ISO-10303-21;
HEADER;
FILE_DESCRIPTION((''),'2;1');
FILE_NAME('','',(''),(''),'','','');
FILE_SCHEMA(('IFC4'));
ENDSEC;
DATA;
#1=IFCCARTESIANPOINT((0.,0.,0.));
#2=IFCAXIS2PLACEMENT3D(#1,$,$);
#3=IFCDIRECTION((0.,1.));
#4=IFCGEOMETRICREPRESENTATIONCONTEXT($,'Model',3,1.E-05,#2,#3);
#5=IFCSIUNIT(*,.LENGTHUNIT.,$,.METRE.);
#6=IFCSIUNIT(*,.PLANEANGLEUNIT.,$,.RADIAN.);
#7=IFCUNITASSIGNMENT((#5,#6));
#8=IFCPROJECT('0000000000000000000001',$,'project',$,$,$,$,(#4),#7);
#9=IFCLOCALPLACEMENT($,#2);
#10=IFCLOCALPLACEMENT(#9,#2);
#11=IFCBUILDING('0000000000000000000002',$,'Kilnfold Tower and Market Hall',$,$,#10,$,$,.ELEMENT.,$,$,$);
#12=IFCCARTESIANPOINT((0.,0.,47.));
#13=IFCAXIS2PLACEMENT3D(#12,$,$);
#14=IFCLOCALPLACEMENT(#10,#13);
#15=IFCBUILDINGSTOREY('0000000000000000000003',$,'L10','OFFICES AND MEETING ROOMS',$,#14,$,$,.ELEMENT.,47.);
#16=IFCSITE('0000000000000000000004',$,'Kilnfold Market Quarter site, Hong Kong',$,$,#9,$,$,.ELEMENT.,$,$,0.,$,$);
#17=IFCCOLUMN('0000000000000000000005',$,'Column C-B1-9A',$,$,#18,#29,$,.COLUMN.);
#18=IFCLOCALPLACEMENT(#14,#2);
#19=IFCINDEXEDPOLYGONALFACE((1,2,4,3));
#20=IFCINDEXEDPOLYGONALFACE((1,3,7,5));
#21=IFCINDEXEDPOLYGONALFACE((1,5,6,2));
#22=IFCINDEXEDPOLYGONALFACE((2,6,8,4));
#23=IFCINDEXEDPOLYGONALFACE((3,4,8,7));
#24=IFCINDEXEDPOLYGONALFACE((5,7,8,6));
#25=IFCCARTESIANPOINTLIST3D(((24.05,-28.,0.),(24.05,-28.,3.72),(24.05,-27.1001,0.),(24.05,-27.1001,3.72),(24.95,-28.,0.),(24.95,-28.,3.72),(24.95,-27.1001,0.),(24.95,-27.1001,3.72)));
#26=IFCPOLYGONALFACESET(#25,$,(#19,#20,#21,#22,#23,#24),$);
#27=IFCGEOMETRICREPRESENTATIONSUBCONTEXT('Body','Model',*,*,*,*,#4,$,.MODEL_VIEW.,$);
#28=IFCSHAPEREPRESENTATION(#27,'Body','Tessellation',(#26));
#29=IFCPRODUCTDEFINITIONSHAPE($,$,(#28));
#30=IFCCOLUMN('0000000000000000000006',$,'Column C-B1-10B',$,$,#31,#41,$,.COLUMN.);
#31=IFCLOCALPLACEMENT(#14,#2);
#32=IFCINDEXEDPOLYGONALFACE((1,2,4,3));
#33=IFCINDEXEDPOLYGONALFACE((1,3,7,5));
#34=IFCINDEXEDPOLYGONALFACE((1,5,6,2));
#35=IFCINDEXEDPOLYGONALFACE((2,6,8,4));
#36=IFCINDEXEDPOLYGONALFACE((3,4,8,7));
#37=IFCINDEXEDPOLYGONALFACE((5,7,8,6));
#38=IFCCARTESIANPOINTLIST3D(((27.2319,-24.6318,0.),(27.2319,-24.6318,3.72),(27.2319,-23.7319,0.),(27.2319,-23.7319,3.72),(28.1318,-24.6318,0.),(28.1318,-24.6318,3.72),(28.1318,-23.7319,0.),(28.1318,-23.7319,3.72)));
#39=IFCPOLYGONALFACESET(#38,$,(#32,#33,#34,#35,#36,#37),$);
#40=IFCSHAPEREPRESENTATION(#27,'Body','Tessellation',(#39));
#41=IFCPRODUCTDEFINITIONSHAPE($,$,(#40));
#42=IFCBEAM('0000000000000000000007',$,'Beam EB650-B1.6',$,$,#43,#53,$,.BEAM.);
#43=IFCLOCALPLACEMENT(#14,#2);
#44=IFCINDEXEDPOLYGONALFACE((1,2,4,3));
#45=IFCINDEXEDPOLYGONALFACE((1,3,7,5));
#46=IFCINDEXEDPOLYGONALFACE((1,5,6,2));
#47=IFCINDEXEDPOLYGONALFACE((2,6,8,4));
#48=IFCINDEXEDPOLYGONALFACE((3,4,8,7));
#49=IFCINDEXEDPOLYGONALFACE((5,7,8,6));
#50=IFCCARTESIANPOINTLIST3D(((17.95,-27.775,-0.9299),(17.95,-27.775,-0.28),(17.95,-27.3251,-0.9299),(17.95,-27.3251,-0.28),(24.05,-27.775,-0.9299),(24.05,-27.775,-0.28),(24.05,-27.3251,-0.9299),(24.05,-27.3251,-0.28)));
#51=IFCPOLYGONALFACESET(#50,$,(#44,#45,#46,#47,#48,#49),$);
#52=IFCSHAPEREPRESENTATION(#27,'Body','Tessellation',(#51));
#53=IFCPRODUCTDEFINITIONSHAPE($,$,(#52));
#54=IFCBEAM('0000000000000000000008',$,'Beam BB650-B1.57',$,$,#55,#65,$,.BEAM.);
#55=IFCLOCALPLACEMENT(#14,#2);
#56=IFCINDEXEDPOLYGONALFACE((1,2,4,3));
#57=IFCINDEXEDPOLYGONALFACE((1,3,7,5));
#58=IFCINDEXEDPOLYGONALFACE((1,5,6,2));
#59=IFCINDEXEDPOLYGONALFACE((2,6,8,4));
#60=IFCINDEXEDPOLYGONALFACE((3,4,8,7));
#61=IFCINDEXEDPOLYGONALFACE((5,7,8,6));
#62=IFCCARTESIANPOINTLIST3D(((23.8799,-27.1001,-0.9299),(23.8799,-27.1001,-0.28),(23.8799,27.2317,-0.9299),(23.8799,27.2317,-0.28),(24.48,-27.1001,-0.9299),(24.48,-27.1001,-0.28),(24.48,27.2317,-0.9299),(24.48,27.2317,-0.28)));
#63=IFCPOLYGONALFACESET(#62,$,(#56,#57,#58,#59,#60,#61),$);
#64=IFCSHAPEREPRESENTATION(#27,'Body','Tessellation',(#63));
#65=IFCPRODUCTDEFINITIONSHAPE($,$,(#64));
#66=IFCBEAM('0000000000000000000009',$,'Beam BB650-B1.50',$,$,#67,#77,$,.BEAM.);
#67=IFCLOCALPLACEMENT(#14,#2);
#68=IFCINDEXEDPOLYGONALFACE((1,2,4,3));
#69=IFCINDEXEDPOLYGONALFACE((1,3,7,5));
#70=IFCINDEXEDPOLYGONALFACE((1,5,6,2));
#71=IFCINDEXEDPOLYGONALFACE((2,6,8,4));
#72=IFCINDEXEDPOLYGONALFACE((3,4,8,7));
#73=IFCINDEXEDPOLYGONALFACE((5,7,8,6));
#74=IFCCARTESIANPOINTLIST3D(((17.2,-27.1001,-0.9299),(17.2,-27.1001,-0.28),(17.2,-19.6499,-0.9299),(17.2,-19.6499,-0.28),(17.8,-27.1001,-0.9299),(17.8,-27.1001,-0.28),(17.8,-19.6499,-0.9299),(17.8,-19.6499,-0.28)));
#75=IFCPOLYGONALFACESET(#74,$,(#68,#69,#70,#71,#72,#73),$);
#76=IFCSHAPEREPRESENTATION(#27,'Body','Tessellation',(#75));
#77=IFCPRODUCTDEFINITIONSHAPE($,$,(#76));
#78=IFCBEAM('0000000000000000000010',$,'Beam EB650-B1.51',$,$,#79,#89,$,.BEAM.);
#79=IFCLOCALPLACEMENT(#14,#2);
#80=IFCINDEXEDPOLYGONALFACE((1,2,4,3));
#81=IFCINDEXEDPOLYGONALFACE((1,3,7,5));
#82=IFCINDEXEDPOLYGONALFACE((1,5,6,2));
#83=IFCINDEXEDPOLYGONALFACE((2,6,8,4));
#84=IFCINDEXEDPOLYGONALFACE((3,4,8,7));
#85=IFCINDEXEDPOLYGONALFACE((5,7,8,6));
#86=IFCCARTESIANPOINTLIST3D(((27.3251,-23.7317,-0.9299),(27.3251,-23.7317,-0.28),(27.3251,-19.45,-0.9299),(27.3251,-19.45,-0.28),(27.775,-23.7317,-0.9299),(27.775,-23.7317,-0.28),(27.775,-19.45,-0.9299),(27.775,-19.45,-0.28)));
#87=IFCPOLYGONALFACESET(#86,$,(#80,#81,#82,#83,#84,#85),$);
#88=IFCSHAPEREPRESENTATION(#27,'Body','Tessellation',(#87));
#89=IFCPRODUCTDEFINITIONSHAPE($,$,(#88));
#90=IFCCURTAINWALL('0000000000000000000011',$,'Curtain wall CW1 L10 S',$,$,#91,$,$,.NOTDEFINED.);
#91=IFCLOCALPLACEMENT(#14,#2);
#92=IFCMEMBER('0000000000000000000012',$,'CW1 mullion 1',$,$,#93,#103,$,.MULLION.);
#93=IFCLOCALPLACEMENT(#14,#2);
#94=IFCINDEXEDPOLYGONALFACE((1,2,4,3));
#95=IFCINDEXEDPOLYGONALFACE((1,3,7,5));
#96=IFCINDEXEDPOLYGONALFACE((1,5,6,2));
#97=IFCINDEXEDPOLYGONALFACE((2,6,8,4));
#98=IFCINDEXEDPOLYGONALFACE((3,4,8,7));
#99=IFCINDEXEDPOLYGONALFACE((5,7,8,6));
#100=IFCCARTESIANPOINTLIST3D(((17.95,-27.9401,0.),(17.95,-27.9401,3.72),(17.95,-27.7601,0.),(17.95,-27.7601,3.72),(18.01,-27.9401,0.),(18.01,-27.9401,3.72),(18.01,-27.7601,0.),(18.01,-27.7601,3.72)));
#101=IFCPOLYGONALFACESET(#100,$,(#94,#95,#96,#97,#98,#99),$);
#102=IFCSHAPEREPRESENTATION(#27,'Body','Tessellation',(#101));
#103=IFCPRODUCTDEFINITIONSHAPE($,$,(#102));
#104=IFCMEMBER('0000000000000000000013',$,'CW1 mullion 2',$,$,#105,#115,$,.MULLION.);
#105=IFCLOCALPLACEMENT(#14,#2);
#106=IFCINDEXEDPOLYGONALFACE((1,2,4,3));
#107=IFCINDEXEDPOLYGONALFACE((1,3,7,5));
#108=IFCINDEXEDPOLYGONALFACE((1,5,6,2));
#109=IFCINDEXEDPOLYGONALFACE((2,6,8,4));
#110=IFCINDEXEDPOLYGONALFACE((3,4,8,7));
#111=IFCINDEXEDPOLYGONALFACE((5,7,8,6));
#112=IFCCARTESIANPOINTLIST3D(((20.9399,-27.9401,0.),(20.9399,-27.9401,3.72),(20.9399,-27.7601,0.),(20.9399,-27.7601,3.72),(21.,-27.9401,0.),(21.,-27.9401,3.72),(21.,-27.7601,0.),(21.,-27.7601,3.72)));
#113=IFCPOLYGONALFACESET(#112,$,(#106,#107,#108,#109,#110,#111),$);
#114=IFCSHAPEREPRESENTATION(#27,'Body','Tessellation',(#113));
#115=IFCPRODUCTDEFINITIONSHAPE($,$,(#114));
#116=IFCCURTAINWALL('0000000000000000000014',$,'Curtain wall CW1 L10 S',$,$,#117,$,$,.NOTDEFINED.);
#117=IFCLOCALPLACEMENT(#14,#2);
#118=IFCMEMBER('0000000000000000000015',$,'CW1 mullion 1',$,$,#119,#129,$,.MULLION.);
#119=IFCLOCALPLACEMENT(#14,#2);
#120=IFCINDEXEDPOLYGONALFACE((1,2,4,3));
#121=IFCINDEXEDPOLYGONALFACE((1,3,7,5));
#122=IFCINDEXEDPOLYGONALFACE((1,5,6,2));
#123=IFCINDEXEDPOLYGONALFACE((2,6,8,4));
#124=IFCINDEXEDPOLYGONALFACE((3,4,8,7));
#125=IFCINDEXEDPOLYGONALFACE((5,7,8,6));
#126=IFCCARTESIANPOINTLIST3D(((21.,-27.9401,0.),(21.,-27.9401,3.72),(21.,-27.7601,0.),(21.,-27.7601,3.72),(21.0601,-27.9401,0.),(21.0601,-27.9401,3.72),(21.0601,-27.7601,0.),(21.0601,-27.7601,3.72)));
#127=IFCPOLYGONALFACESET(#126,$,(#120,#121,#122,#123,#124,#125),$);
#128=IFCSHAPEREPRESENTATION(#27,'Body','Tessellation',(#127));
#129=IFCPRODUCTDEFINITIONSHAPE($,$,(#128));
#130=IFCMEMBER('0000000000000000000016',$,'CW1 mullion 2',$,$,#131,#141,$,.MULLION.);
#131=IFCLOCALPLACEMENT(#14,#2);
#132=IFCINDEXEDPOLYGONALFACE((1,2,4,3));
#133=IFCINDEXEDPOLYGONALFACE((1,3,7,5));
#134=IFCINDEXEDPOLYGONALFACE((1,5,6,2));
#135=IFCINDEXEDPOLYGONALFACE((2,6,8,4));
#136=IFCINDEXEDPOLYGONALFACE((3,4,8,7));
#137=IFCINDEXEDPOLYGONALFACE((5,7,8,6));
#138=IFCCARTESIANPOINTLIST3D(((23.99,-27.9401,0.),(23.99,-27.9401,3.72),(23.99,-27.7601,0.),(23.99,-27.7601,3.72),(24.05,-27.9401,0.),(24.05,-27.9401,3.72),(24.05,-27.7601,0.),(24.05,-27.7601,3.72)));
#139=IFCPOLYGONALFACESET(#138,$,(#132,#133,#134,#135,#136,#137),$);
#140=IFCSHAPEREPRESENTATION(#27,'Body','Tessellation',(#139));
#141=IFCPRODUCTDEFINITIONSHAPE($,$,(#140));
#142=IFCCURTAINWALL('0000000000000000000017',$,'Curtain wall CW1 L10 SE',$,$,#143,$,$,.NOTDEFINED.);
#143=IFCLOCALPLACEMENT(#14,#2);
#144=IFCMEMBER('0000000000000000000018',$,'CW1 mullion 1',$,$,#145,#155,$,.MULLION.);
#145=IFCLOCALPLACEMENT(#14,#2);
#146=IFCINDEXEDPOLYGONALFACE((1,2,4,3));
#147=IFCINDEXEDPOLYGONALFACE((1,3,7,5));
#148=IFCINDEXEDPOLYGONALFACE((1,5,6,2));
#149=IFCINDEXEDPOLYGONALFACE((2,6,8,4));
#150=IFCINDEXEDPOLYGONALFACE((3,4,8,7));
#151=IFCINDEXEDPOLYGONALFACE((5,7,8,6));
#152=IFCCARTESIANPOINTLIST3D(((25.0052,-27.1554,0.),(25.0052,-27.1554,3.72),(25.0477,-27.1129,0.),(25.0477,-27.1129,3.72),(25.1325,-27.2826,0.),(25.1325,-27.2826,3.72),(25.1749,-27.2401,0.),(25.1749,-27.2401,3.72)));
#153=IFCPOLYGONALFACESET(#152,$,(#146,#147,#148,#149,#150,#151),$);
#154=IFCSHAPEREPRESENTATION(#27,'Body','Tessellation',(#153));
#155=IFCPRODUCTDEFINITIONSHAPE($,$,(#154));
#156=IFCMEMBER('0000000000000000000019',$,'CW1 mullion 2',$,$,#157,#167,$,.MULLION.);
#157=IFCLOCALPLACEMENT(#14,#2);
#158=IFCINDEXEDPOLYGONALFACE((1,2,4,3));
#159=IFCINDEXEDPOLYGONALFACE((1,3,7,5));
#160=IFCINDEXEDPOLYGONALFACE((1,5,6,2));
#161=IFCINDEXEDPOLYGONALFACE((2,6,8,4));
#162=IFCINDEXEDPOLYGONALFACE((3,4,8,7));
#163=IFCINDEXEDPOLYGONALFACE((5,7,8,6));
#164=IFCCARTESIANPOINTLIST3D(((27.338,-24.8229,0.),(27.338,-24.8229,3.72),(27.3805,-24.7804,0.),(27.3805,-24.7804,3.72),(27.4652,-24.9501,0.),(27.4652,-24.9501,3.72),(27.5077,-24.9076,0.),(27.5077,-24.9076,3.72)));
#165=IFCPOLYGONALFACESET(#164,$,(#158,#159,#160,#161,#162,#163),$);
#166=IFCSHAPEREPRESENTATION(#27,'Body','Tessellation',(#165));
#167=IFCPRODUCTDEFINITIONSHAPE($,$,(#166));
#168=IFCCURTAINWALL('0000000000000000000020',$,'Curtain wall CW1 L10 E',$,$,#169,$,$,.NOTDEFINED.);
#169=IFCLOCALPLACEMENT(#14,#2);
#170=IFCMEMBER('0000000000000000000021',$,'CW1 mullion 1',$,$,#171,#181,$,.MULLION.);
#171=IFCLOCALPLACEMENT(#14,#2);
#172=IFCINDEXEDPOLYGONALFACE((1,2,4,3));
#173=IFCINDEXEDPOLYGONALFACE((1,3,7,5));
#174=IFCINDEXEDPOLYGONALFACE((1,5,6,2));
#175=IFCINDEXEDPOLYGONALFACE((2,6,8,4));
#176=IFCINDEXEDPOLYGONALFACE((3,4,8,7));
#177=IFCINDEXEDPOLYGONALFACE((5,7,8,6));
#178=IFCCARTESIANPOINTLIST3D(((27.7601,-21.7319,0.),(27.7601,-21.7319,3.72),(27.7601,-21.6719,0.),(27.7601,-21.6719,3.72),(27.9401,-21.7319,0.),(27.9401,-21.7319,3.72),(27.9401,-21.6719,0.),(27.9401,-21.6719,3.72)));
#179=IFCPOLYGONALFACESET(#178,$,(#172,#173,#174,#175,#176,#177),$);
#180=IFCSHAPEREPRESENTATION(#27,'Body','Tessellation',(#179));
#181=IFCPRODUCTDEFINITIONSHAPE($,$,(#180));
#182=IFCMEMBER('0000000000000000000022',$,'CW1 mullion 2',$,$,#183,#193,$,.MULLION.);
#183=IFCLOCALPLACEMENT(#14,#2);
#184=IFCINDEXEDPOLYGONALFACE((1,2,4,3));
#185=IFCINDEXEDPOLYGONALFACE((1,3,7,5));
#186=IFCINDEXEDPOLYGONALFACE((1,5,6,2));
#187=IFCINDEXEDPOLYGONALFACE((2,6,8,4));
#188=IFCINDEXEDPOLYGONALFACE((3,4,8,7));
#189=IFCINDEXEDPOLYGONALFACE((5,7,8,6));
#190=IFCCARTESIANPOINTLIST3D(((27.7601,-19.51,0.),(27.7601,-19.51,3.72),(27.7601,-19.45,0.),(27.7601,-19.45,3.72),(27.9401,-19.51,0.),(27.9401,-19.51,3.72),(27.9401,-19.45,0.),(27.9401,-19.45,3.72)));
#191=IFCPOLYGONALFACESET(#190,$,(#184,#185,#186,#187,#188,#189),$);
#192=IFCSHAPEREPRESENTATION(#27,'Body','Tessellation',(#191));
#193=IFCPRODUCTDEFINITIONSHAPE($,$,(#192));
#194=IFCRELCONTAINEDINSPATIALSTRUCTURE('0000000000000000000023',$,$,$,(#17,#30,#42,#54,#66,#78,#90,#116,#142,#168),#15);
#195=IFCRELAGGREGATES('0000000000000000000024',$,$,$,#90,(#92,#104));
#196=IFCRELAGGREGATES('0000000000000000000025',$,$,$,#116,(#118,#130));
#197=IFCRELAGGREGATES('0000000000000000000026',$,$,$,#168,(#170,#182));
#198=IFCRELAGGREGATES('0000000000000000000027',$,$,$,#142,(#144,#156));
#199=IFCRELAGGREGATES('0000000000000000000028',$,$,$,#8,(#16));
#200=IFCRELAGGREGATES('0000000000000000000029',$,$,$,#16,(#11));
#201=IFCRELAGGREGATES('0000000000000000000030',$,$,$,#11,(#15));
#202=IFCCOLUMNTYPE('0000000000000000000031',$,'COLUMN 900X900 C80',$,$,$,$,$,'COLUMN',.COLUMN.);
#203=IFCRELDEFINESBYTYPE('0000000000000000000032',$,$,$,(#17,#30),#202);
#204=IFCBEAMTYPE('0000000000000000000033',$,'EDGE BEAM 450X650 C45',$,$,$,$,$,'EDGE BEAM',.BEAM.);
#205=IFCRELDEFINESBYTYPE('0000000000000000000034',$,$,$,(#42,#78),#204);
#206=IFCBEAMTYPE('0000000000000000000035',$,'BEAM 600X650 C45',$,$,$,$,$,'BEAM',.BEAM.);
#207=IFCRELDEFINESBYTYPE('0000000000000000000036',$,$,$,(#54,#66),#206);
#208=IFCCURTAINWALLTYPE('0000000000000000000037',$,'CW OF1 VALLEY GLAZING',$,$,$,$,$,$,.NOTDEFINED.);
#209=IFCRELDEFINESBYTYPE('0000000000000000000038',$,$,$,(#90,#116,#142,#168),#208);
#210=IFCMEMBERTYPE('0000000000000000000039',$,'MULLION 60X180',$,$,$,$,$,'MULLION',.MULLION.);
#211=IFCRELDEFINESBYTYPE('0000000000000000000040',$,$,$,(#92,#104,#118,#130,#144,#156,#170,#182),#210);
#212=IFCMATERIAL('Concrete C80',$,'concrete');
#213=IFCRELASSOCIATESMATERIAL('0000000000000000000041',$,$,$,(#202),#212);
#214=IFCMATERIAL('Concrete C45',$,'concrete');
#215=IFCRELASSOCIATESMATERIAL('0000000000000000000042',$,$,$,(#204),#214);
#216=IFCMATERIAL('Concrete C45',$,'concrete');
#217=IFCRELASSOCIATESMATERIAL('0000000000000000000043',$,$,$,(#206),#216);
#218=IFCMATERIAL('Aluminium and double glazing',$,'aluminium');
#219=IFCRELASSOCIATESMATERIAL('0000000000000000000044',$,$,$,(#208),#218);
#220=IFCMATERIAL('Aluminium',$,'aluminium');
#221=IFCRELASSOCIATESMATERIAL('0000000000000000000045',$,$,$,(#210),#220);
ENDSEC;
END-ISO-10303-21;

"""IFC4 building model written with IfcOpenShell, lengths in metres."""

from ifc_helpers import new_model, si_unit, direction, frame, origin, origin_2d, place, context, subcontext, project, spatial, rectangle, extrude, source, transform, mapped, material, material_profile, profile_set, type_object, element, aggregate, save


model = new_model("IFC4")

# Units and contexts
model_context = context("Model", 3, precision=1e-05, world=origin(), true_north=direction((0.0, 1.0)))
body_context = subcontext(model_context, "Body", "Model", "MODEL_VIEW")
ifc_project = project(units=[si_unit("LENGTHUNIT", "METRE"), si_unit("PLANEANGLEUNIT", "RADIAN")], contexts=[model_context])

# Site, building, storey
site_placement = place(None, origin())
site = spatial("IfcSite", under=ifc_project, at=site_placement, Name="Kilnfold Market Quarter site, Hong Kong", CompositionType="ELEMENT", RefElevation=0.0)
building_placement = place(site_placement, origin())
building = spatial("IfcBuilding", under=site, at=building_placement, Name="Kilnfold Tower and Market Hall", CompositionType="ELEMENT")
storey_placement = place(building_placement, frame((0.0, 0.0, 47.0)))
storey = spatial("IfcBuildingStorey", under=building, at=storey_placement, Name="L10", Description="OFFICES AND MEETING ROOMS", CompositionType="ELEMENT", Elevation=47.0)

# Columns
ifc_material_1 = material(Name="Concrete C80", Category="concrete")
ifc_material_profile_1 = material_profile(ifc_material_1, rectangle(XDim=0.8999, YDim=0.8999, at=origin_2d()), Name="RC 900x900")
ifc_profile_set_1 = profile_set([ifc_material_profile_1], Name="Concrete C80")
column_type = type_object("IfcColumnType", Name="COLUMN 900X900 C80", ElementType="COLUMN", PredefinedType="COLUMN", material=ifc_profile_set_1)
shared_shape_1 = source(origin(), body_context, "Body", "SweptSolid", [
    extrude(rectangle(XDim=0.8999, YDim=0.8999, at=origin_2d()), origin(), (0.0, 0.0, 1.0), 3.72),
])
for number, where, z_axis, x_axis, name in (
    (1, (24.5, -27.55, 0.0), (0.0, 0.0, 1.0), (1.0, 0.0, 0.0), "Column C-B1-9A"),
    (2, (27.6819, -24.1819, 0.0), (0.0, 0.0, 1.0), (1.0, 0.0, 0.0), "Column C-B1-10B"),
):
    element("IfcColumn", number, at=place(storey_placement, frame(where, z_axis=z_axis, x_axis=x_axis)), inside=storey, type_object=column_type, Name=name, PredefinedType="COLUMN", context=body_context, shape_type="MappedRepresentation", body=[
        mapped(shared_shape_1, transform((0.0, 0.0, 0.0))),
    ])

# Beams
ifc_material_2 = material(Name="Concrete C45", Category="concrete")
ifc_material_profile_2 = material_profile(ifc_material_2, rectangle(XDim=0.45, YDim=0.6499, at=origin_2d()), Name="RC 450x650")
ifc_profile_set_2 = profile_set([ifc_material_profile_2], Name="Concrete C45")
beam_type_1 = type_object("IfcBeamType", Name="EDGE BEAM 450X650 C45", ElementType="EDGE BEAM", PredefinedType="BEAM", material=ifc_profile_set_2)
shared_shape_2 = source(origin(), body_context, "Body", "SweptSolid", [
    extrude(rectangle(XDim=0.45, YDim=0.6499, at=origin_2d()), origin(), (0.0, 0.0, 1.0), 6.1001),
])
beam_1_placement = place(storey_placement, frame((17.95, -27.55, -0.605), z_axis=(1.0, 0.0, 0.0), x_axis=(0.0, 1.0, 0.0)))
element("IfcBeam", 3, at=beam_1_placement, inside=storey, type_object=beam_type_1, Name="Beam EB650-B1.6", PredefinedType="BEAM", context=body_context, shape_type="MappedRepresentation", body=[
    mapped(shared_shape_2, transform((0.0, 0.0, 0.0))),
])
ifc_material_3 = material(Name="Concrete C45", Category="concrete")
ifc_material_profile_3 = material_profile(ifc_material_3, rectangle(XDim=0.6001, YDim=0.6499, at=origin_2d()), Name="RC 600x650")
ifc_profile_set_3 = profile_set([ifc_material_profile_3], Name="Concrete C45")
beam_type_2 = type_object("IfcBeamType", Name="BEAM 600X650 C45", ElementType="BEAM", PredefinedType="BEAM", material=ifc_profile_set_3)
shared_shape_3 = source(origin(), body_context, "Body", "SweptSolid", [
    extrude(rectangle(XDim=0.6001, YDim=0.6499, at=origin_2d()), origin(), (0.0, 0.0, 1.0), 54.3318),
])
beam_2_placement = place(storey_placement, frame((24.1799, -27.1001, -0.605), z_axis=(0.0, 1.0, 0.0), x_axis=(-1.0, 0.0, 0.0)))
element("IfcBeam", 4, at=beam_2_placement, inside=storey, type_object=beam_type_2, Name="Beam BB650-B1.57", PredefinedType="BEAM", context=body_context, shape_type="MappedRepresentation", body=[
    mapped(shared_shape_3, transform((0.0, 0.0, 0.0))),
])
shared_shape_4 = source(origin(), body_context, "Body", "SweptSolid", [
    extrude(rectangle(XDim=0.6001, YDim=0.6499, at=origin_2d()), origin(), (0.0, 0.0, 1.0), 7.4502),
])
beam_3_placement = place(storey_placement, frame((17.5, -27.1001, -0.605), z_axis=(0.0, 1.0, 0.0), x_axis=(-1.0, 0.0, 0.0)))
element("IfcBeam", 5, at=beam_3_placement, inside=storey, type_object=beam_type_2, Name="Beam BB650-B1.50", PredefinedType="BEAM", context=body_context, shape_type="MappedRepresentation", body=[
    mapped(shared_shape_4, transform((0.0, 0.0, 0.0))),
])
shared_shape_5 = source(origin(), body_context, "Body", "SweptSolid", [
    extrude(rectangle(XDim=0.45, YDim=0.6499, at=origin_2d()), origin(), (0.0, 0.0, 1.0), 4.2817),
])
beam_4_placement = place(storey_placement, frame((27.55, -23.7317, -0.605), z_axis=(0.0, 1.0, 0.0), x_axis=(-1.0, 0.0, 0.0)))
element("IfcBeam", 6, at=beam_4_placement, inside=storey, type_object=beam_type_1, Name="Beam EB650-B1.51", PredefinedType="BEAM", context=body_context, shape_type="MappedRepresentation", body=[
    mapped(shared_shape_5, transform((0.0, 0.0, 0.0))),
])

# Curtain walls, members
ifc_material_4 = material(Name="Aluminium and double glazing", Category="aluminium")
curtain_wall_type = type_object("IfcCurtainWallType", Name="CW OF1 VALLEY GLAZING", PredefinedType="NOTDEFINED", material=ifc_material_4)
curtain_wall_1_placement = place(storey_placement, origin())
curtain_wall_1 = element("IfcCurtainWall", 7, at=curtain_wall_1_placement, inside=storey, type_object=curtain_wall_type, Name="Curtain wall CW1 L10 S", PredefinedType="NOTDEFINED")
ifc_material_5 = material(Name="Aluminium", Category="aluminium")
ifc_material_profile_4 = material_profile(ifc_material_5, rectangle(XDim=0.0601, YDim=0.1799, at=origin_2d()), Name="MULLION 60x180")
ifc_profile_set_4 = profile_set([ifc_material_profile_4], Name="Aluminium")
member_type_1 = type_object("IfcMemberType", Name="MULLION 60X180", ElementType="MULLION", PredefinedType="MULLION", material=ifc_profile_set_4)
shared_shape_6 = source(origin(), body_context, "Body", "SweptSolid", [
    extrude(rectangle(XDim=0.0601, YDim=0.1799, at=origin_2d()), origin(), (0.0, 0.0, 1.0), 3.72),
])
member_1_placement = place(storey_placement, frame((17.98, -27.8501, 0.0), z_axis=(0.0, 0.0, 1.0), x_axis=(1.0, 0.0, 0.0)))
member_1 = element("IfcMember", 8, at=member_1_placement, type_object=member_type_1, Name="CW1 mullion 1", PredefinedType="MULLION", context=body_context, shape_type="MappedRepresentation", body=[
    mapped(shared_shape_6, transform((0.0, 0.0, 0.0))),
])
member_2_placement = place(storey_placement, frame((20.97, -27.8501, 0.0), z_axis=(0.0, 0.0, 1.0), x_axis=(1.0, 0.0, 0.0)))
member_2 = element("IfcMember", 9, at=member_2_placement, type_object=member_type_1, Name="CW1 mullion 2", PredefinedType="MULLION", context=body_context, shape_type="MappedRepresentation", body=[
    mapped(shared_shape_6, transform((0.0, 0.0, 0.0))),
])
curtain_wall_2_placement = place(storey_placement, origin())
curtain_wall_2 = element("IfcCurtainWall", 10, at=curtain_wall_2_placement, inside=storey, type_object=curtain_wall_type, Name="Curtain wall CW1 L10 S", PredefinedType="NOTDEFINED")
member_3_placement = place(storey_placement, frame((21.03, -27.8501, 0.0), z_axis=(0.0, 0.0, 1.0), x_axis=(1.0, 0.0, 0.0)))
member_3 = element("IfcMember", 11, at=member_3_placement, type_object=member_type_1, Name="CW1 mullion 1", PredefinedType="MULLION", context=body_context, shape_type="MappedRepresentation", body=[
    mapped(shared_shape_6, transform((0.0, 0.0, 0.0))),
])
member_4_placement = place(storey_placement, frame((24.02, -27.8501, 0.0), z_axis=(0.0, 0.0, 1.0), x_axis=(1.0, 0.0, 0.0)))
member_4 = element("IfcMember", 12, at=member_4_placement, type_object=member_type_1, Name="CW1 mullion 2", PredefinedType="MULLION", context=body_context, shape_type="MappedRepresentation", body=[
    mapped(shared_shape_6, transform((0.0, 0.0, 0.0))),
])
curtain_wall_3_placement = place(storey_placement, origin())
curtain_wall_3 = element("IfcCurtainWall", 13, at=curtain_wall_3_placement, inside=storey, type_object=curtain_wall_type, Name="Curtain wall CW1 L10 SE", PredefinedType="NOTDEFINED")
member_5_placement = place(storey_placement, frame((25.0901, -27.1978, 0.0), z_axis=(0.0, 0.0, 1.0), x_axis=(0.707122, 0.707092, 0.0)))
member_5 = element("IfcMember", 14, at=member_5_placement, type_object=member_type_1, Name="CW1 mullion 1", PredefinedType="MULLION", context=body_context, shape_type="MappedRepresentation", body=[
    mapped(shared_shape_6, transform((0.0, 0.0, 0.0))),
])
member_6_placement = place(storey_placement, frame((27.4229, -24.8652, 0.0), z_axis=(0.0, 0.0, 1.0), x_axis=(0.707122, 0.707092, 0.0)))
member_6 = element("IfcMember", 15, at=member_6_placement, type_object=member_type_1, Name="CW1 mullion 2", PredefinedType="MULLION", context=body_context, shape_type="MappedRepresentation", body=[
    mapped(shared_shape_6, transform((0.0, 0.0, 0.0))),
])
curtain_wall_4_placement = place(storey_placement, origin())
curtain_wall_4 = element("IfcCurtainWall", 16, at=curtain_wall_4_placement, inside=storey, type_object=curtain_wall_type, Name="Curtain wall CW1 L10 E", PredefinedType="NOTDEFINED")
member_7_placement = place(storey_placement, frame((27.8501, -21.7019, 0.0), z_axis=(0.0, 0.0, 1.0), x_axis=(0.0, 1.0, 0.0)))
member_7 = element("IfcMember", 17, at=member_7_placement, type_object=member_type_1, Name="CW1 mullion 1", PredefinedType="MULLION", context=body_context, shape_type="MappedRepresentation", body=[
    mapped(shared_shape_6, transform((0.0, 0.0, 0.0))),
])
member_8_placement = place(storey_placement, frame((27.8501, -19.48, 0.0), z_axis=(0.0, 0.0, 1.0), x_axis=(0.0, 1.0, 0.0)))
member_8 = element("IfcMember", 18, at=member_8_placement, type_object=member_type_1, Name="CW1 mullion 2", PredefinedType="MULLION", context=body_context, shape_type="MappedRepresentation", body=[
    mapped(shared_shape_6, transform((0.0, 0.0, 0.0))),
])

aggregate(curtain_wall_1, [member_1, member_2])
aggregate(curtain_wall_2, [member_3, member_4])
aggregate(curtain_wall_4, [member_7, member_8])
aggregate(curtain_wall_3, [member_5, member_6])

save(model, "model.ifc")
